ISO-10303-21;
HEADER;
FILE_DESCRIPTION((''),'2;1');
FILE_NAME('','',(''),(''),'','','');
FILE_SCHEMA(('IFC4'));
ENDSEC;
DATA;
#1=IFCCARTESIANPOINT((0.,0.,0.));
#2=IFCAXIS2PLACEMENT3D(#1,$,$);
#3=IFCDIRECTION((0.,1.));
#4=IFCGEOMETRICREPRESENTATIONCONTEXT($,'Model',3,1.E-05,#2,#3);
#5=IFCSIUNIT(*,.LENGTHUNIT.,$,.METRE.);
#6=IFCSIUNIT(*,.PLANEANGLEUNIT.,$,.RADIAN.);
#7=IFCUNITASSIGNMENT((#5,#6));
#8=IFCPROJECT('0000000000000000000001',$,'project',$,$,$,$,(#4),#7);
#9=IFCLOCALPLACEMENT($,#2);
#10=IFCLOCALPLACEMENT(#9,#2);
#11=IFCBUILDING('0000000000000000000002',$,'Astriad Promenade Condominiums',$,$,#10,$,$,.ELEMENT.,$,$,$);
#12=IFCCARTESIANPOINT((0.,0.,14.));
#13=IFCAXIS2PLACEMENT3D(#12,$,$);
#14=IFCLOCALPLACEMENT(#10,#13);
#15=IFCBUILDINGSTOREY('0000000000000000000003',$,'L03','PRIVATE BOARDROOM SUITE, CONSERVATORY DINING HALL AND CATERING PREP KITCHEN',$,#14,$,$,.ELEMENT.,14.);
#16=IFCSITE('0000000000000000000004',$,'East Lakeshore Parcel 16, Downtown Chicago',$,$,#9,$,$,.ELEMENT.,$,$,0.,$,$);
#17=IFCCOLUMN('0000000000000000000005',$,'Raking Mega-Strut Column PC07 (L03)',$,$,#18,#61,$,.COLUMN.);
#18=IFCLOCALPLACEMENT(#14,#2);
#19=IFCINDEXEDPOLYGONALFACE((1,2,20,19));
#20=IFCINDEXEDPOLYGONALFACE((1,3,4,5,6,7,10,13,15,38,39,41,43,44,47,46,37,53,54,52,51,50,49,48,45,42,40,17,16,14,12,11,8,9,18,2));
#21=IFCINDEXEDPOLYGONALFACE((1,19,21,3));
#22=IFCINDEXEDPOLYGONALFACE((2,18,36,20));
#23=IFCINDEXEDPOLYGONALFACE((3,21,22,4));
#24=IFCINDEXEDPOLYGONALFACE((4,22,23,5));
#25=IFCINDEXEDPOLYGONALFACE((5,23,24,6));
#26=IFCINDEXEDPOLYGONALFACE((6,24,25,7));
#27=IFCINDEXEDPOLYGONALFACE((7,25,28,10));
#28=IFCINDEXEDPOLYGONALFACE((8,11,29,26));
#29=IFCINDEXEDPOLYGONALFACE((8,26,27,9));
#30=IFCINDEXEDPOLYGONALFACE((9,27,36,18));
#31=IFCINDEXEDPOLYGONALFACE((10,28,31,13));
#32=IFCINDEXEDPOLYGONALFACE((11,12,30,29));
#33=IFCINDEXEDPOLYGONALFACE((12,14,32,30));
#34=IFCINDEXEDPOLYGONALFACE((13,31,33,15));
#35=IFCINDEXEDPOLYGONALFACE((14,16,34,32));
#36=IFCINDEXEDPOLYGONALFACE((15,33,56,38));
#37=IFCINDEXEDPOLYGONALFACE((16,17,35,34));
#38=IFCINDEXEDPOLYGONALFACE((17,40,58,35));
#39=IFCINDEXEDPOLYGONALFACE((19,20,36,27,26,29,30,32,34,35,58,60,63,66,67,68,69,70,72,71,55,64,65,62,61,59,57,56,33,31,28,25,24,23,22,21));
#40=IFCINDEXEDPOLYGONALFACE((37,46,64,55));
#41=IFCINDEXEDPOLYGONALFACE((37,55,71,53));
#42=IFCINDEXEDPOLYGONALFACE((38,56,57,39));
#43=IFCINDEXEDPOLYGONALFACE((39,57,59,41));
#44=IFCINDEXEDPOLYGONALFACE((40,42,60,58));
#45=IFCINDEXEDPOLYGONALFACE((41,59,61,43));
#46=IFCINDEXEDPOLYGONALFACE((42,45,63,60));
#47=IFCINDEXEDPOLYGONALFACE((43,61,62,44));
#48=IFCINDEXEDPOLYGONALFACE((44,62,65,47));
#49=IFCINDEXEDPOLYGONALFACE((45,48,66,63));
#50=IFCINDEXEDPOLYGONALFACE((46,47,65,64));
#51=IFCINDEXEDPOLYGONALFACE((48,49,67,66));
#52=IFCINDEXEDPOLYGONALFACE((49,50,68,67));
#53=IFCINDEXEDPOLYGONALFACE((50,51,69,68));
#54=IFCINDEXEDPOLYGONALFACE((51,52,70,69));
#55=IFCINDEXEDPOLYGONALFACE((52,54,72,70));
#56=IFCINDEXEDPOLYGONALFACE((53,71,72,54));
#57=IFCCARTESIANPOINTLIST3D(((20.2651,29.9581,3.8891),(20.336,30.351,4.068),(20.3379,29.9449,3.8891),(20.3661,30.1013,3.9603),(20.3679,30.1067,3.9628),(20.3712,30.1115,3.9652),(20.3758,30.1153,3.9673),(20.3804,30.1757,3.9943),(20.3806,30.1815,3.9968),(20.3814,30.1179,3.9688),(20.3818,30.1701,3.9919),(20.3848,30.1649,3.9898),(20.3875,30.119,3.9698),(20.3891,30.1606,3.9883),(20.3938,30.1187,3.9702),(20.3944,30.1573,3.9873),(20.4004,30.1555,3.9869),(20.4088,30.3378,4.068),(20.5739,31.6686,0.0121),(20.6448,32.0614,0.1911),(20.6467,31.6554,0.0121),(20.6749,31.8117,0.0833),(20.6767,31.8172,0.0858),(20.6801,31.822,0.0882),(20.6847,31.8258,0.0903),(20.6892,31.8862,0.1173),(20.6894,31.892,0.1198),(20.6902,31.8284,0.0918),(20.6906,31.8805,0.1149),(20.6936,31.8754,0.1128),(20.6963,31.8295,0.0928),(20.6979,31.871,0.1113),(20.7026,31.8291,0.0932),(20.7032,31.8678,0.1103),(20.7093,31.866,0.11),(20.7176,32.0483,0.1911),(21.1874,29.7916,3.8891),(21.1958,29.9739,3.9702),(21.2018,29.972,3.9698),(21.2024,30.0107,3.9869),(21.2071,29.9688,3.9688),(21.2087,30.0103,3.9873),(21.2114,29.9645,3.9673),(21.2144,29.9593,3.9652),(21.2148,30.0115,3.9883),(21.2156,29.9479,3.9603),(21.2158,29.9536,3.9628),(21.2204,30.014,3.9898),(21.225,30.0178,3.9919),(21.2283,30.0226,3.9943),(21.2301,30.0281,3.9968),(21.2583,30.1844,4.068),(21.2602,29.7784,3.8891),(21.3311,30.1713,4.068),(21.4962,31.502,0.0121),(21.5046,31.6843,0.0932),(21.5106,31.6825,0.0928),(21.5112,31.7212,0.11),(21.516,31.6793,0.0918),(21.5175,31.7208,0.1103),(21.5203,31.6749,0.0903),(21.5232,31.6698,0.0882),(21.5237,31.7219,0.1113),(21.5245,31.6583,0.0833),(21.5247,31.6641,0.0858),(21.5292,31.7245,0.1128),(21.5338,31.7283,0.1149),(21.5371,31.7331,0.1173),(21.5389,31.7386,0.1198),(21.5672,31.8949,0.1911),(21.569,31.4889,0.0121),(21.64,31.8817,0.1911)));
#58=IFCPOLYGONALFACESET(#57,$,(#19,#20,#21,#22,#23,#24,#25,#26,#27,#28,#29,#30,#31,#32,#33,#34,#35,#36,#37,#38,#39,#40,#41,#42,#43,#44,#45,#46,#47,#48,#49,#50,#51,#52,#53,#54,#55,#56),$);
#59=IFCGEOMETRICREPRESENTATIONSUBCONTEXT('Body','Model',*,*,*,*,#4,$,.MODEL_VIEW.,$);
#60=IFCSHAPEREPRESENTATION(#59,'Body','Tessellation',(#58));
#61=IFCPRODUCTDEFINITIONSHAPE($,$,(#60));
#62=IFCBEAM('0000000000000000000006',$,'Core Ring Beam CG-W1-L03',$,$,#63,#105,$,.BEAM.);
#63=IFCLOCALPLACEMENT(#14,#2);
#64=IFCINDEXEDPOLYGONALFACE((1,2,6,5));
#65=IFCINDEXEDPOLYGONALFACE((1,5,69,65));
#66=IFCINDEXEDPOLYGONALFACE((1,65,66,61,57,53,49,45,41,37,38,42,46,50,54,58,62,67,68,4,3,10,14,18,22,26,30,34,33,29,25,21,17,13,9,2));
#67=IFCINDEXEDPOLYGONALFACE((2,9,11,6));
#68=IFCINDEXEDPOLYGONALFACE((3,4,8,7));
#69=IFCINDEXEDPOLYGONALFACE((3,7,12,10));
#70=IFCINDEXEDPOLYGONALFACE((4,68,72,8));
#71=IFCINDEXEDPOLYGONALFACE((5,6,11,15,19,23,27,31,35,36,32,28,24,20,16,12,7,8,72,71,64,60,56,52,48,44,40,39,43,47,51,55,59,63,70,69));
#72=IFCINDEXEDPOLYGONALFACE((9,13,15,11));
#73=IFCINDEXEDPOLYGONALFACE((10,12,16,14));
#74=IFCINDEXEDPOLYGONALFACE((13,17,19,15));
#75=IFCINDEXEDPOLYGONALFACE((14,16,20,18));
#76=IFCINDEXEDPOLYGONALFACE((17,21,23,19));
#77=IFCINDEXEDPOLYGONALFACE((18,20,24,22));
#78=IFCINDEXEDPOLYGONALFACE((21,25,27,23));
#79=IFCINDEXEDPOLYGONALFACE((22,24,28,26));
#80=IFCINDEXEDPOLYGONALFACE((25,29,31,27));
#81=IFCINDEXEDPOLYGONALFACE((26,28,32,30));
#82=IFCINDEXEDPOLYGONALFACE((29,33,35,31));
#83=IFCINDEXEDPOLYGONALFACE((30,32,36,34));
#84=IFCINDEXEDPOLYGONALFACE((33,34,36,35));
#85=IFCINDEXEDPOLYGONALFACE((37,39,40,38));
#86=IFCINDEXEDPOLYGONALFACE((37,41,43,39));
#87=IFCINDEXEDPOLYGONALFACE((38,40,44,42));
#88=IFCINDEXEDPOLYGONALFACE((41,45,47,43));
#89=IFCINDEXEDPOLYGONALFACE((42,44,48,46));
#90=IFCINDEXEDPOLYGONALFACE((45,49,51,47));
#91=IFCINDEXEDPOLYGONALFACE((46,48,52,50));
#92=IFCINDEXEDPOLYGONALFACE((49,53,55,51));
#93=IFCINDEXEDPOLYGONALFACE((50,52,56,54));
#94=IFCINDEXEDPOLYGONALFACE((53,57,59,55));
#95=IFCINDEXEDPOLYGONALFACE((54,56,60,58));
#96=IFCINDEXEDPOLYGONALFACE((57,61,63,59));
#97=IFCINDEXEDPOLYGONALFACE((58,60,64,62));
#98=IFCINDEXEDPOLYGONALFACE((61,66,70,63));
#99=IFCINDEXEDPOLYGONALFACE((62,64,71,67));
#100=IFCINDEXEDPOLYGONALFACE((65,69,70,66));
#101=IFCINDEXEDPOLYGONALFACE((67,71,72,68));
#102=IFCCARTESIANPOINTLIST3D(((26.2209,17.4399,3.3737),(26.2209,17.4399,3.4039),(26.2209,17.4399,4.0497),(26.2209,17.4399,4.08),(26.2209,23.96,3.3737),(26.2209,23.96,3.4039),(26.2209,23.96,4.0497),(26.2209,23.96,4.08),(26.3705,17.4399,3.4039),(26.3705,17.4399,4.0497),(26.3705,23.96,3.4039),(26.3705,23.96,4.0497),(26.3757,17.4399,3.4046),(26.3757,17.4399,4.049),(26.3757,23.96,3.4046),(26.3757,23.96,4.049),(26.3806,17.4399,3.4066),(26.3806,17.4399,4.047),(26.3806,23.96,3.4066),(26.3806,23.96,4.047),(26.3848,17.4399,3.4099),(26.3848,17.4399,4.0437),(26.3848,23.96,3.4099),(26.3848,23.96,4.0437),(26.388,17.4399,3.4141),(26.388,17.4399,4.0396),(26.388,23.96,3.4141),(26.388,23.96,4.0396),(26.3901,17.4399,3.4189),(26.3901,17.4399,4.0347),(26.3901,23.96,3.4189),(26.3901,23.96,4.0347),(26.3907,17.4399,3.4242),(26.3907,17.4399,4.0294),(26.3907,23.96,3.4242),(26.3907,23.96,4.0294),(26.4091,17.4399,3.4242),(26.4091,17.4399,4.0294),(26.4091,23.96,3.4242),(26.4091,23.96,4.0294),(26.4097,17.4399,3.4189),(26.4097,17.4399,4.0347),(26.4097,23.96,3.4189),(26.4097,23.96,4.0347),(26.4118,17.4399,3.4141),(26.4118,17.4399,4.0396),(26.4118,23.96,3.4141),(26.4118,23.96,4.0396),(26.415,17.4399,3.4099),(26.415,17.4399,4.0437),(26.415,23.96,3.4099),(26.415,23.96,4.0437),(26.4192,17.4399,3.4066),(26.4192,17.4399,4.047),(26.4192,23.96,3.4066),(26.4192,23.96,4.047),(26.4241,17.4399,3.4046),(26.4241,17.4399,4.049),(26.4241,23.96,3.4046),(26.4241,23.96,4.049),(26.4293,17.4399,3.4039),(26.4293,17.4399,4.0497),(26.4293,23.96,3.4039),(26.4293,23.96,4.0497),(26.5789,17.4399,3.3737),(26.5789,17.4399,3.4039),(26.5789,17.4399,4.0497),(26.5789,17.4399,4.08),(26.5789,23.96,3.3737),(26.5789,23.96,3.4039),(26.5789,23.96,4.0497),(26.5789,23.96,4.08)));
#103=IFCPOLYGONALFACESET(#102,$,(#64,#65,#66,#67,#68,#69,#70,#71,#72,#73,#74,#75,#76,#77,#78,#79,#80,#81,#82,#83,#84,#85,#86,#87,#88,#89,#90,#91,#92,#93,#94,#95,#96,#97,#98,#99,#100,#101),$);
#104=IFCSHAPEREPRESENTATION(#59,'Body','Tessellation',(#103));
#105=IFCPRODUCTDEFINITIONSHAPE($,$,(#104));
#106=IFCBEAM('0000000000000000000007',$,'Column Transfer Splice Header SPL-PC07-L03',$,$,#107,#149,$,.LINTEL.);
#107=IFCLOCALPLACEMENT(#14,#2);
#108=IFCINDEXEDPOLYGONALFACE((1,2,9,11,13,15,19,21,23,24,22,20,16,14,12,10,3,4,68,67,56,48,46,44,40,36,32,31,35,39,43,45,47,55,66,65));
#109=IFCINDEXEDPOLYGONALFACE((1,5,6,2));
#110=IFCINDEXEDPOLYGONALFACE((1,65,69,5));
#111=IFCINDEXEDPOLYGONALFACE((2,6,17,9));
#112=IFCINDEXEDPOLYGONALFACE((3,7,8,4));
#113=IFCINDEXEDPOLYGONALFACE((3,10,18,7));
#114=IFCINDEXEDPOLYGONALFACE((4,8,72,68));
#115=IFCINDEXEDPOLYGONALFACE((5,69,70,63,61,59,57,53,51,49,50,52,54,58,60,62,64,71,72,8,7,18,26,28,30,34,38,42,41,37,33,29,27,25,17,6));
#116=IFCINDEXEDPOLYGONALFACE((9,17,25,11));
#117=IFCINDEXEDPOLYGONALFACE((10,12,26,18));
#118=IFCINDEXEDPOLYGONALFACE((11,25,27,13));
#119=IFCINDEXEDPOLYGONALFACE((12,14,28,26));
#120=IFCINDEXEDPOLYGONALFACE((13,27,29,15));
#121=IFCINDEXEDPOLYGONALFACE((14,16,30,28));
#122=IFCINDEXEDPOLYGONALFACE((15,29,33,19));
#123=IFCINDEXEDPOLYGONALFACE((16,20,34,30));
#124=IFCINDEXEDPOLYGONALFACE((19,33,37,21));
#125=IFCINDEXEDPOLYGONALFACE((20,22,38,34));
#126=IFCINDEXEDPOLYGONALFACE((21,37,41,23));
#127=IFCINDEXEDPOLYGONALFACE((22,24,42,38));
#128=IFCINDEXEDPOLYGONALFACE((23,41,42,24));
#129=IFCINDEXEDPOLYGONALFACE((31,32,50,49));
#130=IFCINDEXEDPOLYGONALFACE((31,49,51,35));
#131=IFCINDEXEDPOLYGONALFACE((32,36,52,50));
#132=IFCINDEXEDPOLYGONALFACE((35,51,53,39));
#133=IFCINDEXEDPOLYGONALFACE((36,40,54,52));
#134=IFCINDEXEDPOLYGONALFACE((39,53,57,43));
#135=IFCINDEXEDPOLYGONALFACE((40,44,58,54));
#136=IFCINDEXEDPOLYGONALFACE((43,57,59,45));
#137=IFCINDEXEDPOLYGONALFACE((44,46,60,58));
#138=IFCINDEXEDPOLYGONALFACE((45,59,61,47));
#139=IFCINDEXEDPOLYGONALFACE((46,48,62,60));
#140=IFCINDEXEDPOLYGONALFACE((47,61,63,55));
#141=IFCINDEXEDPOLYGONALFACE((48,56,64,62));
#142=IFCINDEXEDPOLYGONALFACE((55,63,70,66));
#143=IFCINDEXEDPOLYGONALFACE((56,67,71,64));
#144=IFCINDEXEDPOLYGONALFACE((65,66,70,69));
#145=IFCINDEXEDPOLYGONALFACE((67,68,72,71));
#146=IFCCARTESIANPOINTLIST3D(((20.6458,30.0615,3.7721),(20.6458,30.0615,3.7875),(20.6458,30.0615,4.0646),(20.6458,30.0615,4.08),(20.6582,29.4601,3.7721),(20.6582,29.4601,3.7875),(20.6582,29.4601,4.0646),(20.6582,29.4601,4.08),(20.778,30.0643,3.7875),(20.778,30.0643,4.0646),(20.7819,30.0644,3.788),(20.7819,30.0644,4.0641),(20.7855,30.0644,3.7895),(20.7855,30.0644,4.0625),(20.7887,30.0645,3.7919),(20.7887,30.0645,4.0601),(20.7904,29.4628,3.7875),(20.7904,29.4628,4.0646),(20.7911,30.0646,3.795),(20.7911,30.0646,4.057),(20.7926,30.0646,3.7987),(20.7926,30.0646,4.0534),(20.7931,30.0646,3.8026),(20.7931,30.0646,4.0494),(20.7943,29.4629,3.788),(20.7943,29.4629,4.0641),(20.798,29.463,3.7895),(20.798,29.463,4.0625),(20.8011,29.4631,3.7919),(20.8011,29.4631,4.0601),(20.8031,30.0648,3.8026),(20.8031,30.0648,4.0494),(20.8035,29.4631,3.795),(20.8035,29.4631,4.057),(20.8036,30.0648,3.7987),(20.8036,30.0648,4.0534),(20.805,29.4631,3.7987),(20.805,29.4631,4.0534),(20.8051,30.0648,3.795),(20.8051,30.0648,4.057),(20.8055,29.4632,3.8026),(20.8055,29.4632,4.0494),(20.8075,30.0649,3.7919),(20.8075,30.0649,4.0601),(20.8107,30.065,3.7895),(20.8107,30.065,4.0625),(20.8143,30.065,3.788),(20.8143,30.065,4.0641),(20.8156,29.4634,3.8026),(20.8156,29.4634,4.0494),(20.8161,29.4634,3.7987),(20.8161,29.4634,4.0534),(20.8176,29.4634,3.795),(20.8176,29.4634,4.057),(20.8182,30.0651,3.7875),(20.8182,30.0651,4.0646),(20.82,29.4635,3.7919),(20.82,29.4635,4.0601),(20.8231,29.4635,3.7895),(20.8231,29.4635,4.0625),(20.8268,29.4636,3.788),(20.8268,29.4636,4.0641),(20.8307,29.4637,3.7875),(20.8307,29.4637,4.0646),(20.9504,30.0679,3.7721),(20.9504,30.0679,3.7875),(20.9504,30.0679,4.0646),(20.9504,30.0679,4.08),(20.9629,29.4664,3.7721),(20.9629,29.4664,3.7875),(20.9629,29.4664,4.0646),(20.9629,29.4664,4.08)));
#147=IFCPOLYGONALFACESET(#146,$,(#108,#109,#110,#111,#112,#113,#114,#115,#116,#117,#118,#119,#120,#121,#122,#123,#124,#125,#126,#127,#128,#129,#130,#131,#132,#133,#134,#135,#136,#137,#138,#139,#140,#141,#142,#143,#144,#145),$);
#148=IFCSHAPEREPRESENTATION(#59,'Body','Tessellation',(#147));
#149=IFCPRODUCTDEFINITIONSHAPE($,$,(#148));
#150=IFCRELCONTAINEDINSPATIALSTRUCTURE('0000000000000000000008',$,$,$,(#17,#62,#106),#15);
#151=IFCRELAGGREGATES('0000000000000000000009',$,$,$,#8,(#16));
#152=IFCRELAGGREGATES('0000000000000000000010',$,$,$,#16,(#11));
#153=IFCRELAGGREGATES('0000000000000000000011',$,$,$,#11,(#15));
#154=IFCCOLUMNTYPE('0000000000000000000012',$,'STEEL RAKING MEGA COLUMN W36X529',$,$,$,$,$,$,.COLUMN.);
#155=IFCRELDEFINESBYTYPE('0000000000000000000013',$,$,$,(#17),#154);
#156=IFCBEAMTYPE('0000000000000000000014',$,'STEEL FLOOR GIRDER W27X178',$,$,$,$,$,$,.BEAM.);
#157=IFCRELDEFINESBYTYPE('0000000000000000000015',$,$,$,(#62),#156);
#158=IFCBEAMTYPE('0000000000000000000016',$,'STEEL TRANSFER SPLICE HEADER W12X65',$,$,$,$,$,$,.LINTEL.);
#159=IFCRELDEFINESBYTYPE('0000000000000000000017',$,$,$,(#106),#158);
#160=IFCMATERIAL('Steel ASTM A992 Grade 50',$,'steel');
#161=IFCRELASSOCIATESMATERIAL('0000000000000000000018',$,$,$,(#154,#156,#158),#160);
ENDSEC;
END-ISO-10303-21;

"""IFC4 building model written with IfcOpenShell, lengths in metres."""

from ifc_helpers import new_model, si_unit, direction, frame, origin, origin_2d, place, context, subcontext, project, spatial, i_section, extrude, source, transform, mapped, material, material_profile, profile_set, type_object, type_shapes, element, save


model = new_model("IFC4")

# Units and contexts
model_context = context("Model", 3, precision=1e-05, world=origin(), true_north=direction((0.0, 1.0)))
body_context = subcontext(model_context, "Body", "Model", "MODEL_VIEW")
ifc_project = project(units=[si_unit("LENGTHUNIT", "METRE"), si_unit("PLANEANGLEUNIT", "RADIAN")], contexts=[model_context])

# Site, building, storey
site_placement = place(None, origin())
site = spatial("IfcSite", under=ifc_project, at=site_placement, Name="East Lakeshore Parcel 16, Downtown Chicago", CompositionType="ELEMENT", RefElevation=0.0)
building_placement = place(site_placement, origin())
building = spatial("IfcBuilding", under=site, at=building_placement, Name="Astriad Promenade Condominiums", CompositionType="ELEMENT")
storey_placement = place(building_placement, frame((0.0, 0.0, 14.0)))
storey = spatial("IfcBuildingStorey", under=building, at=storey_placement, Name="L03", Description="PRIVATE BOARDROOM SUITE, CONSERVATORY DINING HALL AND CATERING PREP KITCHEN", CompositionType="ELEMENT", Elevation=14.0)

# Column
ifc_material_1 = material(Name="Steel ASTM A992 Grade 50", Category="steel")
ifc_material_profile_1 = material_profile(ifc_material_1, i_section(OverallWidth=0.4375, OverallDepth=1.0112, WebThickness=0.041, FlangeThickness=0.074, FilletRadius=0.0242, at=origin_2d()), Name="W36X529")
ifc_profile_set_1 = profile_set([ifc_material_profile_1], Name="Steel ASTM A992 Grade 50")
column_type = type_object("IfcColumnType", Name="STEEL RAKING MEGA COLUMN W36X529", PredefinedType="COLUMN", material=ifc_profile_set_1)
shared_shape_1 = source(origin(), body_context, "Body", "SweptSolid", [
    extrude(i_section(OverallWidth=0.4375, OverallDepth=1.0112, WebThickness=0.041, FlangeThickness=0.074, FilletRadius=0.0242, at=origin_2d()), origin(), (0.0, 0.0, 1.0), 4.2488),
])
type_shapes(column_type, [shared_shape_1])
column_placement = place(storey_placement, frame((21.1069, 31.7751, 0.1016), z_axis=(-0.072689, -0.402578, 0.912495), x_axis=(0.162138, 0.897975, 0.409088)))
element("IfcColumn", 1, at=column_placement, inside=storey, type_object=column_type, Name="Raking Mega-Strut Column PC07 (L03)", PredefinedType="COLUMN", context=body_context, shape_type="MappedRepresentation", body=[
    mapped(shared_shape_1, transform((0.0, 0.0, 0.0), scale=1.0)),
])

# Beams
ifc_material_profile_2 = material_profile(ifc_material_1, i_section(OverallWidth=0.3579, OverallDepth=0.7063, WebThickness=0.0183, FlangeThickness=0.0303, FilletRadius=0.0203, at=origin_2d()), Name="W27X178")
ifc_profile_set_2 = profile_set([ifc_material_profile_2], Name="Steel ASTM A992 Grade 50")
beam_type_1 = type_object("IfcBeamType", Name="STEEL FLOOR GIRDER W27X178", PredefinedType="BEAM", material=ifc_profile_set_2)
shared_shape_2 = source(origin(), body_context, "Body", "SweptSolid", [
    extrude(i_section(OverallWidth=0.3579, OverallDepth=0.7063, WebThickness=0.0183, FlangeThickness=0.0303, FilletRadius=0.0203, at=origin_2d()), origin(), (0.0, 0.0, 1.0), 6.52),
])
type_shapes(beam_type_1, [shared_shape_2])
beam_1_placement = place(storey_placement, frame((26.3999, 17.4399, 3.7268), z_axis=(0.0, 1.0, 0.0), x_axis=(-1.0, 0.0, 0.0)))
element("IfcBeam", 2, at=beam_1_placement, inside=storey, type_object=beam_type_1, Name="Core Ring Beam CG-W1-L03", PredefinedType="BEAM", context=body_context, shape_type="MappedRepresentation", body=[
    mapped(shared_shape_2, transform((0.0, 0.0, 0.0), scale=1.0)),
])
ifc_material_profile_3 = material_profile(ifc_material_1, i_section(OverallWidth=0.3047, OverallDepth=0.3079, WebThickness=0.01, FlangeThickness=0.0154, FilletRadius=0.0151, at=origin_2d()), Name="W12X65")
ifc_profile_set_3 = profile_set([ifc_material_profile_3], Name="Steel ASTM A992 Grade 50")
beam_type_2 = type_object("IfcBeamType", Name="STEEL TRANSFER SPLICE HEADER W12X65", PredefinedType="LINTEL", material=ifc_profile_set_3)
shared_shape_3 = source(origin(), body_context, "Body", "SweptSolid", [
    extrude(i_section(OverallWidth=0.3047, OverallDepth=0.3079, WebThickness=0.01, FlangeThickness=0.0154, FilletRadius=0.0151, at=origin_2d()), origin(), (0.0, 0.0, 1.0), 0.6016),
])
type_shapes(beam_type_2, [shared_shape_3])
beam_2_placement = place(storey_placement, frame((20.7981, 30.0647, 3.926), z_axis=(0.020702, -0.999786, 0.0), x_axis=(0.999786, 0.020702, 0.0)))
element("IfcBeam", 3, at=beam_2_placement, inside=storey, type_object=beam_type_2, Name="Column Transfer Splice Header SPL-PC07-L03", PredefinedType="LINTEL", context=body_context, shape_type="MappedRepresentation", body=[
    mapped(shared_shape_3, transform((0.0, 0.0, 0.0), scale=1.0)),
])

save(model, "model.ifc")
